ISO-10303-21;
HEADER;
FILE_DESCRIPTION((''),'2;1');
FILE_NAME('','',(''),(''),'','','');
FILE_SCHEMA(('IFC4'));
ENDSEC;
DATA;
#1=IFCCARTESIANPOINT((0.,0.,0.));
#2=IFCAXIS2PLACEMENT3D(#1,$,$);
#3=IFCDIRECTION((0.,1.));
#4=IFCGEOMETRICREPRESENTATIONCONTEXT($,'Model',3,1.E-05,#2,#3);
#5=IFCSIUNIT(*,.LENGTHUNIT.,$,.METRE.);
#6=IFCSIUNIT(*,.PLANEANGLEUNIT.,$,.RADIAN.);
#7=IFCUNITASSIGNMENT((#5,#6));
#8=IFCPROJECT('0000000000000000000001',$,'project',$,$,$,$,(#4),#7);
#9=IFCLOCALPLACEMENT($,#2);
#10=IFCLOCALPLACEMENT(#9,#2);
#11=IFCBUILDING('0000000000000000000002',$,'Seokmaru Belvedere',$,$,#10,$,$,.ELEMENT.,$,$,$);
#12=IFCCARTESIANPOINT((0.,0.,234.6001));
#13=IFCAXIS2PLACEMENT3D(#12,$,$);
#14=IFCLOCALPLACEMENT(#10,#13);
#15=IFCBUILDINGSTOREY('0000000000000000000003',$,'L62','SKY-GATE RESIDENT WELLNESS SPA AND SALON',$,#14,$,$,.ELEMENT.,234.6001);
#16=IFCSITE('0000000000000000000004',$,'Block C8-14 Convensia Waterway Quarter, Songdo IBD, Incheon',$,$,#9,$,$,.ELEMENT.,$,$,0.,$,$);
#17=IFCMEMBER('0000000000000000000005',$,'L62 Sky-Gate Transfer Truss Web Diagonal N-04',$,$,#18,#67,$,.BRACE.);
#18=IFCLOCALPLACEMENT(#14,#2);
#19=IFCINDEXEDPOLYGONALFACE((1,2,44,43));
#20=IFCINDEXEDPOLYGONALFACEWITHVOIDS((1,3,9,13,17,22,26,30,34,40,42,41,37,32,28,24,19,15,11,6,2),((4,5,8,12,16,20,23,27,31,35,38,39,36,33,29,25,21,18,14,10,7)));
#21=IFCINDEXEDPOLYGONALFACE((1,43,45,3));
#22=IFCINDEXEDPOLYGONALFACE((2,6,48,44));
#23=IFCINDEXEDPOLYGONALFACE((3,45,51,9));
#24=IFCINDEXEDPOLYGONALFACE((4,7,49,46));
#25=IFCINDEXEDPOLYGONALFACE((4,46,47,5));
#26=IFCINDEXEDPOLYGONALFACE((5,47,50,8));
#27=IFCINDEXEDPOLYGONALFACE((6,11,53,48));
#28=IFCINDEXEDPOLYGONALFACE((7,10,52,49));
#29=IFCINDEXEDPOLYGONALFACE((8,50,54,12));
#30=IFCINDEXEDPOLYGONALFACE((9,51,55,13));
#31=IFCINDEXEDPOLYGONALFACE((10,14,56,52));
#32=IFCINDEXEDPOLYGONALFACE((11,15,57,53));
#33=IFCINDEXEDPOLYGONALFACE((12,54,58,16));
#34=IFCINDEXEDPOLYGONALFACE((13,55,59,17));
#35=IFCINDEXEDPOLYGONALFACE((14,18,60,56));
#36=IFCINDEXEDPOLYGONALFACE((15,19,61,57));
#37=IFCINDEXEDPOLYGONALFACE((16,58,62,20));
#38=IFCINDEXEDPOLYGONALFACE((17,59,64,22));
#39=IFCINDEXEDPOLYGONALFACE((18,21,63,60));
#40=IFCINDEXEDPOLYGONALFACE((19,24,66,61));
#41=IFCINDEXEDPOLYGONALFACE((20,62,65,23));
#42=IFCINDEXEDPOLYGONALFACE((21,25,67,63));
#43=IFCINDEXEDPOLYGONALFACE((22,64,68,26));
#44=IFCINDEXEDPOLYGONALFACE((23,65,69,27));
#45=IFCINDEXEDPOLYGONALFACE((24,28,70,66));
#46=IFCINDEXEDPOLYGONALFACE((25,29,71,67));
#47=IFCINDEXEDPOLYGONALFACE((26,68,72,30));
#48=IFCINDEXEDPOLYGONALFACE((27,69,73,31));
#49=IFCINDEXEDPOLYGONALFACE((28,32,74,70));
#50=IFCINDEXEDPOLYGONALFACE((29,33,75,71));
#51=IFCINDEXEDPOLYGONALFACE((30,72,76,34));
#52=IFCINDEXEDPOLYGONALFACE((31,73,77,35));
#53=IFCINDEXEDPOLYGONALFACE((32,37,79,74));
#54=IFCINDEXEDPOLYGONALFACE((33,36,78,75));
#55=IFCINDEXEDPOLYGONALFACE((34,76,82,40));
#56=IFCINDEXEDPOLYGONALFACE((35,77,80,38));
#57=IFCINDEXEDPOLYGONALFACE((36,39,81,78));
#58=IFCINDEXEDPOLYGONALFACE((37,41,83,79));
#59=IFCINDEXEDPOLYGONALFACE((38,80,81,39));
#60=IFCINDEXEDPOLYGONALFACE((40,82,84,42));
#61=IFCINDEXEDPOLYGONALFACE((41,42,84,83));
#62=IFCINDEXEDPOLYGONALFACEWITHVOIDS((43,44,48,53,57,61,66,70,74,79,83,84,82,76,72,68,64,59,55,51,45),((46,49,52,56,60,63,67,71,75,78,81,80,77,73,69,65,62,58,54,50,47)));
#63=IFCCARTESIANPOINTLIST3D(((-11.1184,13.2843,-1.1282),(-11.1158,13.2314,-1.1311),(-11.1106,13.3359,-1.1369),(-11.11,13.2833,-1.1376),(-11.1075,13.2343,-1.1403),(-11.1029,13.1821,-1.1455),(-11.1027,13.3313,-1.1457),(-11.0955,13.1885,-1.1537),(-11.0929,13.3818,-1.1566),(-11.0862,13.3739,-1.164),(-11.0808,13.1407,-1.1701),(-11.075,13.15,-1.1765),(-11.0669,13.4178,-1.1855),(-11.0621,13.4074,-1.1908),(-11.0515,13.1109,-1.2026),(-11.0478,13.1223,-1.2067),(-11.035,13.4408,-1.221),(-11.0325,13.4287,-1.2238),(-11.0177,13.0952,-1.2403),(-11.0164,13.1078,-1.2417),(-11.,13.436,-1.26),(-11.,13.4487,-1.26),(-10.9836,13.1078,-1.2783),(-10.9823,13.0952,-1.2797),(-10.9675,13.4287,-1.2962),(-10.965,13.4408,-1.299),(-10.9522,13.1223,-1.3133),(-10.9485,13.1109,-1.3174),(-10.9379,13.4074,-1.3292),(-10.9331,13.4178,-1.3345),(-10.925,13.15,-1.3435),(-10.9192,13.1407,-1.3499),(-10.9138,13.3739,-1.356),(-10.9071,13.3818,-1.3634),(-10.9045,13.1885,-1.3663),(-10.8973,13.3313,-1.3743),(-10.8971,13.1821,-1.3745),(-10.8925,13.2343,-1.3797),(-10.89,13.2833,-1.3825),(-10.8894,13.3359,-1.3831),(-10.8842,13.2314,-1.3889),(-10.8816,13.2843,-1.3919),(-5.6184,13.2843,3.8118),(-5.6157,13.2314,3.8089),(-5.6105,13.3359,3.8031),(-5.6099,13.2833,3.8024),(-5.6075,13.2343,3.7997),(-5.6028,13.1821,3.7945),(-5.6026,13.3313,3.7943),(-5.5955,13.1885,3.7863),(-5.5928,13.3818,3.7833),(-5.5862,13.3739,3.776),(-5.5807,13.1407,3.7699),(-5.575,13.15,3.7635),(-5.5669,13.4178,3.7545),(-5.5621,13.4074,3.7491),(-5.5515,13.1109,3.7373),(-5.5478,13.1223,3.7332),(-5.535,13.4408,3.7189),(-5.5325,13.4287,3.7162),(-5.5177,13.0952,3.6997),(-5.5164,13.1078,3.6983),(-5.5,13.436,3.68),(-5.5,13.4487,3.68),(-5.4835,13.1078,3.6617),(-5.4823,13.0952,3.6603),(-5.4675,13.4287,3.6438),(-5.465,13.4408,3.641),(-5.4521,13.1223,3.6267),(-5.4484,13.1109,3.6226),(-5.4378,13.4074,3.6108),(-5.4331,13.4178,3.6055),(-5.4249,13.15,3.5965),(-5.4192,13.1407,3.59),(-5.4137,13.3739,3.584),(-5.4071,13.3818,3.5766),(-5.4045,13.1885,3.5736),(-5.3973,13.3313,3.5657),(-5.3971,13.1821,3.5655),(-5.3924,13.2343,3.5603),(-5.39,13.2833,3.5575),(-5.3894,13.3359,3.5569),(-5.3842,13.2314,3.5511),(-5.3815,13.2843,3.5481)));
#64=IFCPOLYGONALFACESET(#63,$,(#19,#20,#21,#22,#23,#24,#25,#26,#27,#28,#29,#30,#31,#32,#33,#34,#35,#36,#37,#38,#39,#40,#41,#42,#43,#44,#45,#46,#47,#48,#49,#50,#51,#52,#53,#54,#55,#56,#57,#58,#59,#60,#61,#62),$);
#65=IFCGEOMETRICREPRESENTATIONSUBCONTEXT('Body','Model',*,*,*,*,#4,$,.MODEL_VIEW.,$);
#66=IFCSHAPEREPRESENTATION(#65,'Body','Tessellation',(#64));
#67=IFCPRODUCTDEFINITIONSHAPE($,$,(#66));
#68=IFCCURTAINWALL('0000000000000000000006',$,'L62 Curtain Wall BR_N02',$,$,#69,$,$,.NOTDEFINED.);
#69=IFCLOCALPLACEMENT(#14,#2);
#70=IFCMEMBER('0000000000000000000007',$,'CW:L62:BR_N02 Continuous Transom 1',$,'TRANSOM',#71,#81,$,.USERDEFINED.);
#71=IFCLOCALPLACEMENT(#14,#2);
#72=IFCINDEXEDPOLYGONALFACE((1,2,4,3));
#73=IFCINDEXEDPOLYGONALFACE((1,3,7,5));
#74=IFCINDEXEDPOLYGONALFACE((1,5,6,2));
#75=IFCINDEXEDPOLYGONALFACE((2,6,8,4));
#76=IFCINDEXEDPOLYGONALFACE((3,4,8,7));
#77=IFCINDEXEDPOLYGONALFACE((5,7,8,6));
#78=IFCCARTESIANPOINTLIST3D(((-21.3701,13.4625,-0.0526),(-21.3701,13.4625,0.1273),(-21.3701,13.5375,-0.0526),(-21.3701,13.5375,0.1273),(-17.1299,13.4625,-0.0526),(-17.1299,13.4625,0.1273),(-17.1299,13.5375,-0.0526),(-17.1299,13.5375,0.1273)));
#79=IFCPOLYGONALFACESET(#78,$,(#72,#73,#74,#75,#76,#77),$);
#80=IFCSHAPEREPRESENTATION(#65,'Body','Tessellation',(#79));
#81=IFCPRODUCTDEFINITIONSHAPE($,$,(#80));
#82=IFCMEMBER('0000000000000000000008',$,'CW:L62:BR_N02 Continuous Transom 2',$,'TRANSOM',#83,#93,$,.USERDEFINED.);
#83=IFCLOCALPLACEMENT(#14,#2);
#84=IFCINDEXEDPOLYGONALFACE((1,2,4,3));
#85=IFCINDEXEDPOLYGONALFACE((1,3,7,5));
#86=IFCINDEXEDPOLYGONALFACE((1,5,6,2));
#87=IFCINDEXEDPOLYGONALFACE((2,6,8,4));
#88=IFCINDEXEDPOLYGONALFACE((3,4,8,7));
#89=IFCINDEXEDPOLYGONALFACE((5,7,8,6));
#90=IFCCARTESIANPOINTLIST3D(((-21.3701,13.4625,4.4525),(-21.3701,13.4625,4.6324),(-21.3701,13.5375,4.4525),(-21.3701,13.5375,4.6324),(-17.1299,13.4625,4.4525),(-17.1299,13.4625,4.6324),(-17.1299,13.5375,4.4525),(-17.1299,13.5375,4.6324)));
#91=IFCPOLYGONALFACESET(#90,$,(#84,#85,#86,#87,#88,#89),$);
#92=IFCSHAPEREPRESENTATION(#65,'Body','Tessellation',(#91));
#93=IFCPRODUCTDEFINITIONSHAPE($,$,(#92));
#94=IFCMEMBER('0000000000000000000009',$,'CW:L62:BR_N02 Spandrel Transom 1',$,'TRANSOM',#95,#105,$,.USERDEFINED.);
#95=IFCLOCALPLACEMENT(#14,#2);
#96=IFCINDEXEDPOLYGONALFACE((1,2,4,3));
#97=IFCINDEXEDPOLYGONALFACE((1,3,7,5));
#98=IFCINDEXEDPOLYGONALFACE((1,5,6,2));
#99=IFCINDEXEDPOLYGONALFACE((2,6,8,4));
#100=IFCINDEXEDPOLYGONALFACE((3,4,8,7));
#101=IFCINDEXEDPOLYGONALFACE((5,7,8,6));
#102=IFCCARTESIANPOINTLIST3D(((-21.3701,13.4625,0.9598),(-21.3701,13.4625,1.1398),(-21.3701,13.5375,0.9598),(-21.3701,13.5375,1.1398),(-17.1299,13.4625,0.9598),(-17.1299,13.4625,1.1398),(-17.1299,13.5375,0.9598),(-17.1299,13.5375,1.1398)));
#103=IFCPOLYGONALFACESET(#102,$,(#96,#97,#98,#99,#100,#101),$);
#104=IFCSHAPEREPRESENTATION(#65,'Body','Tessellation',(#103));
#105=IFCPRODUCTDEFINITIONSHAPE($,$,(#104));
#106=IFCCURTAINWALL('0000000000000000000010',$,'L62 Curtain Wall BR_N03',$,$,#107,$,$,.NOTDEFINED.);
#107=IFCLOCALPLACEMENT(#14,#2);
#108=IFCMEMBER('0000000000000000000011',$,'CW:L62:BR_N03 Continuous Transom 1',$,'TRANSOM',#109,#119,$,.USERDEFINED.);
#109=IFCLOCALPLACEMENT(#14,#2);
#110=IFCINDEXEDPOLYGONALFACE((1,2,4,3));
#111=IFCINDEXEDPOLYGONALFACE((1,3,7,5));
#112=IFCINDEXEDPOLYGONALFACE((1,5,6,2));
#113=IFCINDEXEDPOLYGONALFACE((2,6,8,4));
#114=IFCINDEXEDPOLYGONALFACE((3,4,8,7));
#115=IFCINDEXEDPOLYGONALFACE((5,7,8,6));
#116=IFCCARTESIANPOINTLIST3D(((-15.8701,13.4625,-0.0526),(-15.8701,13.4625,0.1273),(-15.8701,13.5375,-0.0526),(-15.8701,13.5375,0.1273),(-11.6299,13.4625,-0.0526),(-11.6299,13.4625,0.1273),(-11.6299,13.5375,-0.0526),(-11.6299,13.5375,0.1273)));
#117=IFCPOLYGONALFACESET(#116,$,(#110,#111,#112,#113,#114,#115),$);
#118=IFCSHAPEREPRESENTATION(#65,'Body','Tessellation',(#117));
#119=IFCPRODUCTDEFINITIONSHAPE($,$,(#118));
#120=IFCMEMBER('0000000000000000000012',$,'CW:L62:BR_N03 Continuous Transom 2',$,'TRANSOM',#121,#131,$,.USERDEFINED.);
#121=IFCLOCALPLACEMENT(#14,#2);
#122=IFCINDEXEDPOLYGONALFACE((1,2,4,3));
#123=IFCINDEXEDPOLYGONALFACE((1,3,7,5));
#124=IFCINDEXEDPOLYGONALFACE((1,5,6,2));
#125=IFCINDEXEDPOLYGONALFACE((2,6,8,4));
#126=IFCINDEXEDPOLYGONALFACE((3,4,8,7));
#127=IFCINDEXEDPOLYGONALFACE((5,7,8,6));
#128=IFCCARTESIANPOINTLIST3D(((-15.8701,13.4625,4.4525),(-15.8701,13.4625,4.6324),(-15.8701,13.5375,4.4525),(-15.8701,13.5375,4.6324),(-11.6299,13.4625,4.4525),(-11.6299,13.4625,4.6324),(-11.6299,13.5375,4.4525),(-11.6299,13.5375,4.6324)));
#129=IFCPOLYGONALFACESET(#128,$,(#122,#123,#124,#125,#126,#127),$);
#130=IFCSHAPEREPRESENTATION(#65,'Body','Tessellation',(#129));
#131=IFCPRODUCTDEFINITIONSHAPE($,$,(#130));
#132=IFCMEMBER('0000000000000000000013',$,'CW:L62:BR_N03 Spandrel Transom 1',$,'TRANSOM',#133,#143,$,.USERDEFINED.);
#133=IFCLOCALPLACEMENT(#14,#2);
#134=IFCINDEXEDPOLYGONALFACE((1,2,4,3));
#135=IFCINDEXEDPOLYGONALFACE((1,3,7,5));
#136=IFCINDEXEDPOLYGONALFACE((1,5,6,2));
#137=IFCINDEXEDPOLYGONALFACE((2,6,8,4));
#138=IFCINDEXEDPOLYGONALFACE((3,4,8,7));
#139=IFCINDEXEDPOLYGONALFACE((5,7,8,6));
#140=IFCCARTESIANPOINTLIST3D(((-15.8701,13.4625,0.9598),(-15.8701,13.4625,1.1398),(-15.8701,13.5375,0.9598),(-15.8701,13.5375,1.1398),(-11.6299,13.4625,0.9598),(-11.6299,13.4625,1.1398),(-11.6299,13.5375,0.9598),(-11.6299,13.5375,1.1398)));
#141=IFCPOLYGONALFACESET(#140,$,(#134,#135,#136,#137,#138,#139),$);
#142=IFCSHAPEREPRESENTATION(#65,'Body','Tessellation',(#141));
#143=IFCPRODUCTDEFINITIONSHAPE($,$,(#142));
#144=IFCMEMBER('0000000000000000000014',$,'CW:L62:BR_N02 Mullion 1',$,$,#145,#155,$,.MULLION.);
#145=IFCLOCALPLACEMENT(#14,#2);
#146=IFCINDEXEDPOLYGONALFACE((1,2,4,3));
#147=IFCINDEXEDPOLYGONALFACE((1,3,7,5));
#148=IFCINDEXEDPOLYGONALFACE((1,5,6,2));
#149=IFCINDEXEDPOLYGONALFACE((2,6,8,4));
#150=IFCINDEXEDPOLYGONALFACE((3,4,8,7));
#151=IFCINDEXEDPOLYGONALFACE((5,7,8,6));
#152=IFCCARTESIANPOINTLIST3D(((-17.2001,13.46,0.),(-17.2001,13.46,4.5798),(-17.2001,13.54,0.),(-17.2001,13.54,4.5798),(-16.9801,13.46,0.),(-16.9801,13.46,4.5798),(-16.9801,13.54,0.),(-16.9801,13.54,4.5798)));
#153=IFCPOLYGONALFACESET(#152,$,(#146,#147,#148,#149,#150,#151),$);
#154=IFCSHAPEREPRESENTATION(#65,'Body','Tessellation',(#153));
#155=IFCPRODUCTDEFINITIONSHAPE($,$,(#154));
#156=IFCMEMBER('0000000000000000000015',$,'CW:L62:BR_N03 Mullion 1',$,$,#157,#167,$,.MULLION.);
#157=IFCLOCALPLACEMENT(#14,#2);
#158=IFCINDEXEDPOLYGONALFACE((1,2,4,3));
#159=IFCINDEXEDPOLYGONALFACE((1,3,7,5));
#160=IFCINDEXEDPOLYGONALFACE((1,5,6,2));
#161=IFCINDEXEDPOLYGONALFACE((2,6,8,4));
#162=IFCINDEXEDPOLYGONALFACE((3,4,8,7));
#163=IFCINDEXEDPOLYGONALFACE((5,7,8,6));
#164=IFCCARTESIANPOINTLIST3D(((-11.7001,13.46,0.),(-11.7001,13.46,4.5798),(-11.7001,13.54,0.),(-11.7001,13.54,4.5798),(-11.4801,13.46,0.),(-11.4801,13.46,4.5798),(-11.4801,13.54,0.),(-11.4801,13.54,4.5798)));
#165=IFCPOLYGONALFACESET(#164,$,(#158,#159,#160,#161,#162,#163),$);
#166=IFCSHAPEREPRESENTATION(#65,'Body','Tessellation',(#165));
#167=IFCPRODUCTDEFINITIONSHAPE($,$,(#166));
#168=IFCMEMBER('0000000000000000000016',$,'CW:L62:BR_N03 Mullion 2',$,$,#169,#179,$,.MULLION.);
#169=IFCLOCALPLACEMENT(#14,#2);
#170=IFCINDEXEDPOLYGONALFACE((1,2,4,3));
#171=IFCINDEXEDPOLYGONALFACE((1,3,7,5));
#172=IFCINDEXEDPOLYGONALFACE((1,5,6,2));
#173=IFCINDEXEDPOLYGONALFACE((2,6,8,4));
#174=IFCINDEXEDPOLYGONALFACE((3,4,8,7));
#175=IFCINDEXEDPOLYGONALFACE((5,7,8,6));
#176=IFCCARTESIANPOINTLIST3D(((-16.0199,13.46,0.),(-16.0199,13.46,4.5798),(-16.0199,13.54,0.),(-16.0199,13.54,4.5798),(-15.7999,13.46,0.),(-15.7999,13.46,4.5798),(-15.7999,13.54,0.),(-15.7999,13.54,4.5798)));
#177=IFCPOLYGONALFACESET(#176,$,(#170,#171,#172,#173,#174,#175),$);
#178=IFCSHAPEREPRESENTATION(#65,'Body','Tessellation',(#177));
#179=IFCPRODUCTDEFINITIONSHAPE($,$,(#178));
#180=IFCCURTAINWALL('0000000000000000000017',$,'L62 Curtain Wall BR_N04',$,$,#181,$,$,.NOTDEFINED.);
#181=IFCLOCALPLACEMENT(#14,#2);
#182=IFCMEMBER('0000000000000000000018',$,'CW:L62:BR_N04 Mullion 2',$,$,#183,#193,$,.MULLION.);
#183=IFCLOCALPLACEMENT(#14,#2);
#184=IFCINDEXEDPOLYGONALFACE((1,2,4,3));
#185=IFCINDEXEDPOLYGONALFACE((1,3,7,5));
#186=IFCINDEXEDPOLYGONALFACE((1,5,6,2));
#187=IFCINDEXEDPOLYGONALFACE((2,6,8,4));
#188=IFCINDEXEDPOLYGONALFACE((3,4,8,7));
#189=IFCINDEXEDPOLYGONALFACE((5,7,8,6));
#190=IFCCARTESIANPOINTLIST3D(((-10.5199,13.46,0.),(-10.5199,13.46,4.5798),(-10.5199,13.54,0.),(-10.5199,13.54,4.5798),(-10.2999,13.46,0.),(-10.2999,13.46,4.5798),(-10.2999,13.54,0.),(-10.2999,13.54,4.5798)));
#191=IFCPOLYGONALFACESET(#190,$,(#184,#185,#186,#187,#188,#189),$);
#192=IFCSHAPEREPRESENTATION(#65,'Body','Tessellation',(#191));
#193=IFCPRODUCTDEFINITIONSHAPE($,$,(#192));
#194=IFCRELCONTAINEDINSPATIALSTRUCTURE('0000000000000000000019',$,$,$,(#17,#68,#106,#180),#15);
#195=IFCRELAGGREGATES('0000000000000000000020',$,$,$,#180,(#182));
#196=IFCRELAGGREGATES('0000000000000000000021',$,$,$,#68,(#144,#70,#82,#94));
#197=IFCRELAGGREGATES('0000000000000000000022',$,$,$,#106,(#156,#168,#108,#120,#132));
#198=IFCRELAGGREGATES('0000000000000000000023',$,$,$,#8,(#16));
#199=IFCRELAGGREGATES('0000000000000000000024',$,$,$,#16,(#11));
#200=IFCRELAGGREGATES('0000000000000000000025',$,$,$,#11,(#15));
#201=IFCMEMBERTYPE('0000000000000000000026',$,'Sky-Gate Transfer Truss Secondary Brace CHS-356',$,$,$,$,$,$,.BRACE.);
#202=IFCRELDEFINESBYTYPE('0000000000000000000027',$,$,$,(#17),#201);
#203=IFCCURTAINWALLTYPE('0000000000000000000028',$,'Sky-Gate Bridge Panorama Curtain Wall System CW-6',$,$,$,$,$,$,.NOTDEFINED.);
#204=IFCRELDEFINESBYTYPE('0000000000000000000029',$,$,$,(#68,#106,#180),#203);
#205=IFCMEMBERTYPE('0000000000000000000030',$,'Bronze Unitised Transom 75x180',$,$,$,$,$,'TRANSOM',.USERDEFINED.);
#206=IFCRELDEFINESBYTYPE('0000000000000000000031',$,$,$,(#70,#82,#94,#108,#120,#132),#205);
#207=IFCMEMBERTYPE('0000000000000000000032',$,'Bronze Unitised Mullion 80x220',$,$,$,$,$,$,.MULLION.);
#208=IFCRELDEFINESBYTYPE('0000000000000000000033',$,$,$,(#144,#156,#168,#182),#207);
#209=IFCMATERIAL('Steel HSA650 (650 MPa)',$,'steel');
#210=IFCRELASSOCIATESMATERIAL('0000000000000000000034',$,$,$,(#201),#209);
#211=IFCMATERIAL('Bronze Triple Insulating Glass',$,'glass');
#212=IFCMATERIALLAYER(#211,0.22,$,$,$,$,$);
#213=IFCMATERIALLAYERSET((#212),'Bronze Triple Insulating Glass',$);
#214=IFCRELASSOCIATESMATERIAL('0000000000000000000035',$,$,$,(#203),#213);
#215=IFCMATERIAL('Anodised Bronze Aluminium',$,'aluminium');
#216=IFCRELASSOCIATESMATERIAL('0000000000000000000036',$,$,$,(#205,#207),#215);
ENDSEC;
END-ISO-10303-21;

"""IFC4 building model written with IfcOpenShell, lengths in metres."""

from ifc_helpers import new_model, si_unit, direction, frame, origin, origin_2d, place, context, subcontext, project, spatial, rectangle, hollow_circle, extrude, source, transform, mapped, material, layer, layer_set, material_profile, profile_set, type_object, type_shapes, element, aggregate, save


model = new_model("IFC4")

# Units and contexts
model_context = context("Model", 3, precision=1e-05, world=origin(), true_north=direction((0.0, 1.0)))
body_context = subcontext(model_context, "Body", "Model", "MODEL_VIEW")
ifc_project = project(units=[si_unit("LENGTHUNIT", "METRE"), si_unit("PLANEANGLEUNIT", "RADIAN")], contexts=[model_context])

# Site, building, storey
site_placement = place(None, origin())
site = spatial("IfcSite", under=ifc_project, at=site_placement, Name="Block C8-14 Convensia Waterway Quarter, Songdo IBD, Incheon", CompositionType="ELEMENT", RefElevation=0.0)
building_placement = place(site_placement, origin())
building = spatial("IfcBuilding", under=site, at=building_placement, Name="Seokmaru Belvedere", CompositionType="ELEMENT")
storey_placement = place(building_placement, frame((0.0, 0.0, 234.6001)))
storey = spatial("IfcBuildingStorey", under=building, at=storey_placement, Name="L62", Description="SKY-GATE RESIDENT WELLNESS SPA AND SALON", CompositionType="ELEMENT", Elevation=234.6001)

# Shared definitions
ifc_material_1 = material(Name="Steel HSA650 (650 MPa)", Category="steel")

# Member
ifc_material_profile_1 = material_profile(ifc_material_1, hollow_circle(Radius=0.1777, WallThickness=0.0127, at=origin_2d()), Name="CHS-355.6x12.7")
ifc_profile_set_1 = profile_set([ifc_material_profile_1], Name="Steel HSA650 (650 MPa)")
member_type_1 = type_object("IfcMemberType", Name="Sky-Gate Transfer Truss Secondary Brace CHS-356", PredefinedType="BRACE", material=ifc_profile_set_1)
shared_shape_1 = source(origin(), body_context, "Body", "SweptSolid", [
    extrude(hollow_circle(Radius=0.1777, WallThickness=0.0127, at=origin_2d()), origin(), (0.0, 0.0, 1.0), 7.3928),
])
type_shapes(member_type_1, [shared_shape_1])
for number, where, z_axis, x_axis, name in (
    (1, (-11.0, 13.271, -1.26), (0.74397, 0.0, 0.668213), (0.0, 1.0, 0.0), "L62 Sky-Gate Transfer Truss Web Diagonal N-04"),
):
    element("IfcMember", number, at=place(storey_placement, frame(where, z_axis=z_axis, x_axis=x_axis)), inside=storey, type_object=member_type_1, Name=name, PredefinedType="BRACE", context=body_context, shape_type="MappedRepresentation", body=[
        mapped(shared_shape_1, transform((0.0, 0.0, 0.0), scale=1.0)),
    ])

# Curtain walls, members
ifc_material_2 = material(Name="Bronze Triple Insulating Glass", Category="glass")
ifc_layer_1 = layer(ifc_material_2, 0.22)
ifc_layer_set_1 = layer_set([ifc_layer_1], Name="Bronze Triple Insulating Glass")
curtain_wall_type = type_object("IfcCurtainWallType", Name="Sky-Gate Bridge Panorama Curtain Wall System CW-6", PredefinedType="NOTDEFINED", material=ifc_layer_set_1)
curtain_wall_1_placement = place(storey_placement, origin())
curtain_wall_1 = element("IfcCurtainWall", 2, at=curtain_wall_1_placement, inside=storey, type_object=curtain_wall_type, Name="L62 Curtain Wall BR_N02", PredefinedType="NOTDEFINED")
ifc_material_3 = material(Name="Anodised Bronze Aluminium", Category="aluminium")
ifc_material_profile_2 = material_profile(ifc_material_3, rectangle(XDim=0.075, YDim=0.1799, at=origin_2d()), Name="CW-T-75x180")
ifc_profile_set_2 = profile_set([ifc_material_profile_2], Name="Anodised Bronze Aluminium")
member_type_2 = type_object("IfcMemberType", Name="Bronze Unitised Transom 75x180", ElementType="TRANSOM", PredefinedType="USERDEFINED", material=ifc_profile_set_2)
shared_shape_2 = source(origin(), body_context, "Body", "SweptSolid", [
    extrude(rectangle(XDim=0.075, YDim=0.1799, at=origin_2d()), origin(), (0.0, 0.0, 1.0), 4.2402),
])
type_shapes(member_type_2, [shared_shape_2])
member_1_placement = place(storey_placement, frame((-17.1299, 13.5, 0.0374), z_axis=(-1.0, 0.0, 0.0), x_axis=(0.0, -1.0, 0.0)))
member_1 = element("IfcMember", 3, at=member_1_placement, type_object=member_type_2, Name="CW:L62:BR_N02 Continuous Transom 1", ObjectType="TRANSOM", PredefinedType="USERDEFINED", context=body_context, shape_type="MappedRepresentation", body=[
    mapped(shared_shape_2, transform((0.0, 0.0, 0.0), scale=1.0)),
])
member_2_placement = place(storey_placement, frame((-17.1299, 13.5, 4.5425), z_axis=(-1.0, 0.0, 0.0), x_axis=(0.0, -1.0, 0.0)))
member_2 = element("IfcMember", 4, at=member_2_placement, type_object=member_type_2, Name="CW:L62:BR_N02 Continuous Transom 2", ObjectType="TRANSOM", PredefinedType="USERDEFINED", context=body_context, shape_type="MappedRepresentation", body=[
    mapped(shared_shape_2, transform((0.0, 0.0, 0.0), scale=1.0)),
])
member_3_placement = place(storey_placement, frame((-17.1299, 13.5, 1.0498), z_axis=(-1.0, 0.0, 0.0), x_axis=(0.0, -1.0, 0.0)))
member_3 = element("IfcMember", 5, at=member_3_placement, type_object=member_type_2, Name="CW:L62:BR_N02 Spandrel Transom 1", ObjectType="TRANSOM", PredefinedType="USERDEFINED", context=body_context, shape_type="MappedRepresentation", body=[
    mapped(shared_shape_2, transform((0.0, 0.0, 0.0), scale=1.0)),
])
curtain_wall_2_placement = place(storey_placement, origin())
curtain_wall_2 = element("IfcCurtainWall", 6, at=curtain_wall_2_placement, inside=storey, type_object=curtain_wall_type, Name="L62 Curtain Wall BR_N03", PredefinedType="NOTDEFINED")
member_4_placement = place(storey_placement, frame((-11.6299, 13.5, 0.0374), z_axis=(-1.0, 0.0, 0.0), x_axis=(0.0, -1.0, 0.0)))
member_4 = element("IfcMember", 7, at=member_4_placement, type_object=member_type_2, Name="CW:L62:BR_N03 Continuous Transom 1", ObjectType="TRANSOM", PredefinedType="USERDEFINED", context=body_context, shape_type="MappedRepresentation", body=[
    mapped(shared_shape_2, transform((0.0, 0.0, 0.0), scale=1.0)),
])
member_5_placement = place(storey_placement, frame((-11.6299, 13.5, 4.5425), z_axis=(-1.0, 0.0, 0.0), x_axis=(0.0, -1.0, 0.0)))
member_5 = element("IfcMember", 8, at=member_5_placement, type_object=member_type_2, Name="CW:L62:BR_N03 Continuous Transom 2", ObjectType="TRANSOM", PredefinedType="USERDEFINED", context=body_context, shape_type="MappedRepresentation", body=[
    mapped(shared_shape_2, transform((0.0, 0.0, 0.0), scale=1.0)),
])
member_6_placement = place(storey_placement, frame((-11.6299, 13.5, 1.0498), z_axis=(-1.0, 0.0, 0.0), x_axis=(0.0, -1.0, 0.0)))
member_6 = element("IfcMember", 9, at=member_6_placement, type_object=member_type_2, Name="CW:L62:BR_N03 Spandrel Transom 1", ObjectType="TRANSOM", PredefinedType="USERDEFINED", context=body_context, shape_type="MappedRepresentation", body=[
    mapped(shared_shape_2, transform((0.0, 0.0, 0.0), scale=1.0)),
])

# Members
ifc_material_profile_3 = material_profile(ifc_material_3, rectangle(XDim=0.0801, YDim=0.22, at=origin_2d()), Name="CW-M-80x220")
ifc_profile_set_3 = profile_set([ifc_material_profile_3], Name="Anodised Bronze Aluminium")
member_type_3 = type_object("IfcMemberType", Name="Bronze Unitised Mullion 80x220", PredefinedType="MULLION", material=ifc_profile_set_3)
shared_shape_3 = source(origin(), body_context, "Body", "SweptSolid", [
    extrude(rectangle(XDim=0.0801, YDim=0.22, at=origin_2d()), origin(), (0.0, 0.0, 1.0), 4.5798),
])
type_shapes(member_type_3, [shared_shape_3])
member_7_placement = place(storey_placement, frame((-17.0901, 13.5, 0.0), z_axis=(0.0, 0.0, 1.0), x_axis=(0.0, -1.0, 0.0)))
member_7 = element("IfcMember", 10, at=member_7_placement, type_object=member_type_3, Name="CW:L62:BR_N02 Mullion 1", PredefinedType="MULLION", context=body_context, shape_type="MappedRepresentation", body=[
    mapped(shared_shape_3, transform((0.0, 0.0, 0.0), scale=1.0)),
])
member_8_placement = place(storey_placement, frame((-11.5901, 13.5, 0.0), z_axis=(0.0, 0.0, 1.0), x_axis=(0.0, -1.0, 0.0)))
member_8 = element("IfcMember", 11, at=member_8_placement, type_object=member_type_3, Name="CW:L62:BR_N03 Mullion 1", PredefinedType="MULLION", context=body_context, shape_type="MappedRepresentation", body=[
    mapped(shared_shape_3, transform((0.0, 0.0, 0.0), scale=1.0)),
])
member_9_placement = place(storey_placement, frame((-15.9099, 13.5, 0.0), z_axis=(0.0, 0.0, 1.0), x_axis=(0.0, -1.0, 0.0)))
member_9 = element("IfcMember", 12, at=member_9_placement, type_object=member_type_3, Name="CW:L62:BR_N03 Mullion 2", PredefinedType="MULLION", context=body_context, shape_type="MappedRepresentation", body=[
    mapped(shared_shape_3, transform((0.0, 0.0, 0.0), scale=1.0)),
])

# Curtain wall, member
curtain_wall_3_placement = place(storey_placement, origin())
curtain_wall_3 = element("IfcCurtainWall", 13, at=curtain_wall_3_placement, inside=storey, type_object=curtain_wall_type, Name="L62 Curtain Wall BR_N04", PredefinedType="NOTDEFINED")
member_10_placement = place(storey_placement, frame((-10.4099, 13.5, 0.0), z_axis=(0.0, 0.0, 1.0), x_axis=(0.0, -1.0, 0.0)))
member_10 = element("IfcMember", 14, at=member_10_placement, type_object=member_type_3, Name="CW:L62:BR_N04 Mullion 2", PredefinedType="MULLION", context=body_context, shape_type="MappedRepresentation", body=[
    mapped(shared_shape_3, transform((0.0, 0.0, 0.0), scale=1.0)),
])

aggregate(curtain_wall_3, [member_10])
aggregate(curtain_wall_1, [member_7, member_1, member_2, member_3])
aggregate(curtain_wall_2, [member_8, member_9, member_4, member_5, member_6])

save(model, "model.ifc")
